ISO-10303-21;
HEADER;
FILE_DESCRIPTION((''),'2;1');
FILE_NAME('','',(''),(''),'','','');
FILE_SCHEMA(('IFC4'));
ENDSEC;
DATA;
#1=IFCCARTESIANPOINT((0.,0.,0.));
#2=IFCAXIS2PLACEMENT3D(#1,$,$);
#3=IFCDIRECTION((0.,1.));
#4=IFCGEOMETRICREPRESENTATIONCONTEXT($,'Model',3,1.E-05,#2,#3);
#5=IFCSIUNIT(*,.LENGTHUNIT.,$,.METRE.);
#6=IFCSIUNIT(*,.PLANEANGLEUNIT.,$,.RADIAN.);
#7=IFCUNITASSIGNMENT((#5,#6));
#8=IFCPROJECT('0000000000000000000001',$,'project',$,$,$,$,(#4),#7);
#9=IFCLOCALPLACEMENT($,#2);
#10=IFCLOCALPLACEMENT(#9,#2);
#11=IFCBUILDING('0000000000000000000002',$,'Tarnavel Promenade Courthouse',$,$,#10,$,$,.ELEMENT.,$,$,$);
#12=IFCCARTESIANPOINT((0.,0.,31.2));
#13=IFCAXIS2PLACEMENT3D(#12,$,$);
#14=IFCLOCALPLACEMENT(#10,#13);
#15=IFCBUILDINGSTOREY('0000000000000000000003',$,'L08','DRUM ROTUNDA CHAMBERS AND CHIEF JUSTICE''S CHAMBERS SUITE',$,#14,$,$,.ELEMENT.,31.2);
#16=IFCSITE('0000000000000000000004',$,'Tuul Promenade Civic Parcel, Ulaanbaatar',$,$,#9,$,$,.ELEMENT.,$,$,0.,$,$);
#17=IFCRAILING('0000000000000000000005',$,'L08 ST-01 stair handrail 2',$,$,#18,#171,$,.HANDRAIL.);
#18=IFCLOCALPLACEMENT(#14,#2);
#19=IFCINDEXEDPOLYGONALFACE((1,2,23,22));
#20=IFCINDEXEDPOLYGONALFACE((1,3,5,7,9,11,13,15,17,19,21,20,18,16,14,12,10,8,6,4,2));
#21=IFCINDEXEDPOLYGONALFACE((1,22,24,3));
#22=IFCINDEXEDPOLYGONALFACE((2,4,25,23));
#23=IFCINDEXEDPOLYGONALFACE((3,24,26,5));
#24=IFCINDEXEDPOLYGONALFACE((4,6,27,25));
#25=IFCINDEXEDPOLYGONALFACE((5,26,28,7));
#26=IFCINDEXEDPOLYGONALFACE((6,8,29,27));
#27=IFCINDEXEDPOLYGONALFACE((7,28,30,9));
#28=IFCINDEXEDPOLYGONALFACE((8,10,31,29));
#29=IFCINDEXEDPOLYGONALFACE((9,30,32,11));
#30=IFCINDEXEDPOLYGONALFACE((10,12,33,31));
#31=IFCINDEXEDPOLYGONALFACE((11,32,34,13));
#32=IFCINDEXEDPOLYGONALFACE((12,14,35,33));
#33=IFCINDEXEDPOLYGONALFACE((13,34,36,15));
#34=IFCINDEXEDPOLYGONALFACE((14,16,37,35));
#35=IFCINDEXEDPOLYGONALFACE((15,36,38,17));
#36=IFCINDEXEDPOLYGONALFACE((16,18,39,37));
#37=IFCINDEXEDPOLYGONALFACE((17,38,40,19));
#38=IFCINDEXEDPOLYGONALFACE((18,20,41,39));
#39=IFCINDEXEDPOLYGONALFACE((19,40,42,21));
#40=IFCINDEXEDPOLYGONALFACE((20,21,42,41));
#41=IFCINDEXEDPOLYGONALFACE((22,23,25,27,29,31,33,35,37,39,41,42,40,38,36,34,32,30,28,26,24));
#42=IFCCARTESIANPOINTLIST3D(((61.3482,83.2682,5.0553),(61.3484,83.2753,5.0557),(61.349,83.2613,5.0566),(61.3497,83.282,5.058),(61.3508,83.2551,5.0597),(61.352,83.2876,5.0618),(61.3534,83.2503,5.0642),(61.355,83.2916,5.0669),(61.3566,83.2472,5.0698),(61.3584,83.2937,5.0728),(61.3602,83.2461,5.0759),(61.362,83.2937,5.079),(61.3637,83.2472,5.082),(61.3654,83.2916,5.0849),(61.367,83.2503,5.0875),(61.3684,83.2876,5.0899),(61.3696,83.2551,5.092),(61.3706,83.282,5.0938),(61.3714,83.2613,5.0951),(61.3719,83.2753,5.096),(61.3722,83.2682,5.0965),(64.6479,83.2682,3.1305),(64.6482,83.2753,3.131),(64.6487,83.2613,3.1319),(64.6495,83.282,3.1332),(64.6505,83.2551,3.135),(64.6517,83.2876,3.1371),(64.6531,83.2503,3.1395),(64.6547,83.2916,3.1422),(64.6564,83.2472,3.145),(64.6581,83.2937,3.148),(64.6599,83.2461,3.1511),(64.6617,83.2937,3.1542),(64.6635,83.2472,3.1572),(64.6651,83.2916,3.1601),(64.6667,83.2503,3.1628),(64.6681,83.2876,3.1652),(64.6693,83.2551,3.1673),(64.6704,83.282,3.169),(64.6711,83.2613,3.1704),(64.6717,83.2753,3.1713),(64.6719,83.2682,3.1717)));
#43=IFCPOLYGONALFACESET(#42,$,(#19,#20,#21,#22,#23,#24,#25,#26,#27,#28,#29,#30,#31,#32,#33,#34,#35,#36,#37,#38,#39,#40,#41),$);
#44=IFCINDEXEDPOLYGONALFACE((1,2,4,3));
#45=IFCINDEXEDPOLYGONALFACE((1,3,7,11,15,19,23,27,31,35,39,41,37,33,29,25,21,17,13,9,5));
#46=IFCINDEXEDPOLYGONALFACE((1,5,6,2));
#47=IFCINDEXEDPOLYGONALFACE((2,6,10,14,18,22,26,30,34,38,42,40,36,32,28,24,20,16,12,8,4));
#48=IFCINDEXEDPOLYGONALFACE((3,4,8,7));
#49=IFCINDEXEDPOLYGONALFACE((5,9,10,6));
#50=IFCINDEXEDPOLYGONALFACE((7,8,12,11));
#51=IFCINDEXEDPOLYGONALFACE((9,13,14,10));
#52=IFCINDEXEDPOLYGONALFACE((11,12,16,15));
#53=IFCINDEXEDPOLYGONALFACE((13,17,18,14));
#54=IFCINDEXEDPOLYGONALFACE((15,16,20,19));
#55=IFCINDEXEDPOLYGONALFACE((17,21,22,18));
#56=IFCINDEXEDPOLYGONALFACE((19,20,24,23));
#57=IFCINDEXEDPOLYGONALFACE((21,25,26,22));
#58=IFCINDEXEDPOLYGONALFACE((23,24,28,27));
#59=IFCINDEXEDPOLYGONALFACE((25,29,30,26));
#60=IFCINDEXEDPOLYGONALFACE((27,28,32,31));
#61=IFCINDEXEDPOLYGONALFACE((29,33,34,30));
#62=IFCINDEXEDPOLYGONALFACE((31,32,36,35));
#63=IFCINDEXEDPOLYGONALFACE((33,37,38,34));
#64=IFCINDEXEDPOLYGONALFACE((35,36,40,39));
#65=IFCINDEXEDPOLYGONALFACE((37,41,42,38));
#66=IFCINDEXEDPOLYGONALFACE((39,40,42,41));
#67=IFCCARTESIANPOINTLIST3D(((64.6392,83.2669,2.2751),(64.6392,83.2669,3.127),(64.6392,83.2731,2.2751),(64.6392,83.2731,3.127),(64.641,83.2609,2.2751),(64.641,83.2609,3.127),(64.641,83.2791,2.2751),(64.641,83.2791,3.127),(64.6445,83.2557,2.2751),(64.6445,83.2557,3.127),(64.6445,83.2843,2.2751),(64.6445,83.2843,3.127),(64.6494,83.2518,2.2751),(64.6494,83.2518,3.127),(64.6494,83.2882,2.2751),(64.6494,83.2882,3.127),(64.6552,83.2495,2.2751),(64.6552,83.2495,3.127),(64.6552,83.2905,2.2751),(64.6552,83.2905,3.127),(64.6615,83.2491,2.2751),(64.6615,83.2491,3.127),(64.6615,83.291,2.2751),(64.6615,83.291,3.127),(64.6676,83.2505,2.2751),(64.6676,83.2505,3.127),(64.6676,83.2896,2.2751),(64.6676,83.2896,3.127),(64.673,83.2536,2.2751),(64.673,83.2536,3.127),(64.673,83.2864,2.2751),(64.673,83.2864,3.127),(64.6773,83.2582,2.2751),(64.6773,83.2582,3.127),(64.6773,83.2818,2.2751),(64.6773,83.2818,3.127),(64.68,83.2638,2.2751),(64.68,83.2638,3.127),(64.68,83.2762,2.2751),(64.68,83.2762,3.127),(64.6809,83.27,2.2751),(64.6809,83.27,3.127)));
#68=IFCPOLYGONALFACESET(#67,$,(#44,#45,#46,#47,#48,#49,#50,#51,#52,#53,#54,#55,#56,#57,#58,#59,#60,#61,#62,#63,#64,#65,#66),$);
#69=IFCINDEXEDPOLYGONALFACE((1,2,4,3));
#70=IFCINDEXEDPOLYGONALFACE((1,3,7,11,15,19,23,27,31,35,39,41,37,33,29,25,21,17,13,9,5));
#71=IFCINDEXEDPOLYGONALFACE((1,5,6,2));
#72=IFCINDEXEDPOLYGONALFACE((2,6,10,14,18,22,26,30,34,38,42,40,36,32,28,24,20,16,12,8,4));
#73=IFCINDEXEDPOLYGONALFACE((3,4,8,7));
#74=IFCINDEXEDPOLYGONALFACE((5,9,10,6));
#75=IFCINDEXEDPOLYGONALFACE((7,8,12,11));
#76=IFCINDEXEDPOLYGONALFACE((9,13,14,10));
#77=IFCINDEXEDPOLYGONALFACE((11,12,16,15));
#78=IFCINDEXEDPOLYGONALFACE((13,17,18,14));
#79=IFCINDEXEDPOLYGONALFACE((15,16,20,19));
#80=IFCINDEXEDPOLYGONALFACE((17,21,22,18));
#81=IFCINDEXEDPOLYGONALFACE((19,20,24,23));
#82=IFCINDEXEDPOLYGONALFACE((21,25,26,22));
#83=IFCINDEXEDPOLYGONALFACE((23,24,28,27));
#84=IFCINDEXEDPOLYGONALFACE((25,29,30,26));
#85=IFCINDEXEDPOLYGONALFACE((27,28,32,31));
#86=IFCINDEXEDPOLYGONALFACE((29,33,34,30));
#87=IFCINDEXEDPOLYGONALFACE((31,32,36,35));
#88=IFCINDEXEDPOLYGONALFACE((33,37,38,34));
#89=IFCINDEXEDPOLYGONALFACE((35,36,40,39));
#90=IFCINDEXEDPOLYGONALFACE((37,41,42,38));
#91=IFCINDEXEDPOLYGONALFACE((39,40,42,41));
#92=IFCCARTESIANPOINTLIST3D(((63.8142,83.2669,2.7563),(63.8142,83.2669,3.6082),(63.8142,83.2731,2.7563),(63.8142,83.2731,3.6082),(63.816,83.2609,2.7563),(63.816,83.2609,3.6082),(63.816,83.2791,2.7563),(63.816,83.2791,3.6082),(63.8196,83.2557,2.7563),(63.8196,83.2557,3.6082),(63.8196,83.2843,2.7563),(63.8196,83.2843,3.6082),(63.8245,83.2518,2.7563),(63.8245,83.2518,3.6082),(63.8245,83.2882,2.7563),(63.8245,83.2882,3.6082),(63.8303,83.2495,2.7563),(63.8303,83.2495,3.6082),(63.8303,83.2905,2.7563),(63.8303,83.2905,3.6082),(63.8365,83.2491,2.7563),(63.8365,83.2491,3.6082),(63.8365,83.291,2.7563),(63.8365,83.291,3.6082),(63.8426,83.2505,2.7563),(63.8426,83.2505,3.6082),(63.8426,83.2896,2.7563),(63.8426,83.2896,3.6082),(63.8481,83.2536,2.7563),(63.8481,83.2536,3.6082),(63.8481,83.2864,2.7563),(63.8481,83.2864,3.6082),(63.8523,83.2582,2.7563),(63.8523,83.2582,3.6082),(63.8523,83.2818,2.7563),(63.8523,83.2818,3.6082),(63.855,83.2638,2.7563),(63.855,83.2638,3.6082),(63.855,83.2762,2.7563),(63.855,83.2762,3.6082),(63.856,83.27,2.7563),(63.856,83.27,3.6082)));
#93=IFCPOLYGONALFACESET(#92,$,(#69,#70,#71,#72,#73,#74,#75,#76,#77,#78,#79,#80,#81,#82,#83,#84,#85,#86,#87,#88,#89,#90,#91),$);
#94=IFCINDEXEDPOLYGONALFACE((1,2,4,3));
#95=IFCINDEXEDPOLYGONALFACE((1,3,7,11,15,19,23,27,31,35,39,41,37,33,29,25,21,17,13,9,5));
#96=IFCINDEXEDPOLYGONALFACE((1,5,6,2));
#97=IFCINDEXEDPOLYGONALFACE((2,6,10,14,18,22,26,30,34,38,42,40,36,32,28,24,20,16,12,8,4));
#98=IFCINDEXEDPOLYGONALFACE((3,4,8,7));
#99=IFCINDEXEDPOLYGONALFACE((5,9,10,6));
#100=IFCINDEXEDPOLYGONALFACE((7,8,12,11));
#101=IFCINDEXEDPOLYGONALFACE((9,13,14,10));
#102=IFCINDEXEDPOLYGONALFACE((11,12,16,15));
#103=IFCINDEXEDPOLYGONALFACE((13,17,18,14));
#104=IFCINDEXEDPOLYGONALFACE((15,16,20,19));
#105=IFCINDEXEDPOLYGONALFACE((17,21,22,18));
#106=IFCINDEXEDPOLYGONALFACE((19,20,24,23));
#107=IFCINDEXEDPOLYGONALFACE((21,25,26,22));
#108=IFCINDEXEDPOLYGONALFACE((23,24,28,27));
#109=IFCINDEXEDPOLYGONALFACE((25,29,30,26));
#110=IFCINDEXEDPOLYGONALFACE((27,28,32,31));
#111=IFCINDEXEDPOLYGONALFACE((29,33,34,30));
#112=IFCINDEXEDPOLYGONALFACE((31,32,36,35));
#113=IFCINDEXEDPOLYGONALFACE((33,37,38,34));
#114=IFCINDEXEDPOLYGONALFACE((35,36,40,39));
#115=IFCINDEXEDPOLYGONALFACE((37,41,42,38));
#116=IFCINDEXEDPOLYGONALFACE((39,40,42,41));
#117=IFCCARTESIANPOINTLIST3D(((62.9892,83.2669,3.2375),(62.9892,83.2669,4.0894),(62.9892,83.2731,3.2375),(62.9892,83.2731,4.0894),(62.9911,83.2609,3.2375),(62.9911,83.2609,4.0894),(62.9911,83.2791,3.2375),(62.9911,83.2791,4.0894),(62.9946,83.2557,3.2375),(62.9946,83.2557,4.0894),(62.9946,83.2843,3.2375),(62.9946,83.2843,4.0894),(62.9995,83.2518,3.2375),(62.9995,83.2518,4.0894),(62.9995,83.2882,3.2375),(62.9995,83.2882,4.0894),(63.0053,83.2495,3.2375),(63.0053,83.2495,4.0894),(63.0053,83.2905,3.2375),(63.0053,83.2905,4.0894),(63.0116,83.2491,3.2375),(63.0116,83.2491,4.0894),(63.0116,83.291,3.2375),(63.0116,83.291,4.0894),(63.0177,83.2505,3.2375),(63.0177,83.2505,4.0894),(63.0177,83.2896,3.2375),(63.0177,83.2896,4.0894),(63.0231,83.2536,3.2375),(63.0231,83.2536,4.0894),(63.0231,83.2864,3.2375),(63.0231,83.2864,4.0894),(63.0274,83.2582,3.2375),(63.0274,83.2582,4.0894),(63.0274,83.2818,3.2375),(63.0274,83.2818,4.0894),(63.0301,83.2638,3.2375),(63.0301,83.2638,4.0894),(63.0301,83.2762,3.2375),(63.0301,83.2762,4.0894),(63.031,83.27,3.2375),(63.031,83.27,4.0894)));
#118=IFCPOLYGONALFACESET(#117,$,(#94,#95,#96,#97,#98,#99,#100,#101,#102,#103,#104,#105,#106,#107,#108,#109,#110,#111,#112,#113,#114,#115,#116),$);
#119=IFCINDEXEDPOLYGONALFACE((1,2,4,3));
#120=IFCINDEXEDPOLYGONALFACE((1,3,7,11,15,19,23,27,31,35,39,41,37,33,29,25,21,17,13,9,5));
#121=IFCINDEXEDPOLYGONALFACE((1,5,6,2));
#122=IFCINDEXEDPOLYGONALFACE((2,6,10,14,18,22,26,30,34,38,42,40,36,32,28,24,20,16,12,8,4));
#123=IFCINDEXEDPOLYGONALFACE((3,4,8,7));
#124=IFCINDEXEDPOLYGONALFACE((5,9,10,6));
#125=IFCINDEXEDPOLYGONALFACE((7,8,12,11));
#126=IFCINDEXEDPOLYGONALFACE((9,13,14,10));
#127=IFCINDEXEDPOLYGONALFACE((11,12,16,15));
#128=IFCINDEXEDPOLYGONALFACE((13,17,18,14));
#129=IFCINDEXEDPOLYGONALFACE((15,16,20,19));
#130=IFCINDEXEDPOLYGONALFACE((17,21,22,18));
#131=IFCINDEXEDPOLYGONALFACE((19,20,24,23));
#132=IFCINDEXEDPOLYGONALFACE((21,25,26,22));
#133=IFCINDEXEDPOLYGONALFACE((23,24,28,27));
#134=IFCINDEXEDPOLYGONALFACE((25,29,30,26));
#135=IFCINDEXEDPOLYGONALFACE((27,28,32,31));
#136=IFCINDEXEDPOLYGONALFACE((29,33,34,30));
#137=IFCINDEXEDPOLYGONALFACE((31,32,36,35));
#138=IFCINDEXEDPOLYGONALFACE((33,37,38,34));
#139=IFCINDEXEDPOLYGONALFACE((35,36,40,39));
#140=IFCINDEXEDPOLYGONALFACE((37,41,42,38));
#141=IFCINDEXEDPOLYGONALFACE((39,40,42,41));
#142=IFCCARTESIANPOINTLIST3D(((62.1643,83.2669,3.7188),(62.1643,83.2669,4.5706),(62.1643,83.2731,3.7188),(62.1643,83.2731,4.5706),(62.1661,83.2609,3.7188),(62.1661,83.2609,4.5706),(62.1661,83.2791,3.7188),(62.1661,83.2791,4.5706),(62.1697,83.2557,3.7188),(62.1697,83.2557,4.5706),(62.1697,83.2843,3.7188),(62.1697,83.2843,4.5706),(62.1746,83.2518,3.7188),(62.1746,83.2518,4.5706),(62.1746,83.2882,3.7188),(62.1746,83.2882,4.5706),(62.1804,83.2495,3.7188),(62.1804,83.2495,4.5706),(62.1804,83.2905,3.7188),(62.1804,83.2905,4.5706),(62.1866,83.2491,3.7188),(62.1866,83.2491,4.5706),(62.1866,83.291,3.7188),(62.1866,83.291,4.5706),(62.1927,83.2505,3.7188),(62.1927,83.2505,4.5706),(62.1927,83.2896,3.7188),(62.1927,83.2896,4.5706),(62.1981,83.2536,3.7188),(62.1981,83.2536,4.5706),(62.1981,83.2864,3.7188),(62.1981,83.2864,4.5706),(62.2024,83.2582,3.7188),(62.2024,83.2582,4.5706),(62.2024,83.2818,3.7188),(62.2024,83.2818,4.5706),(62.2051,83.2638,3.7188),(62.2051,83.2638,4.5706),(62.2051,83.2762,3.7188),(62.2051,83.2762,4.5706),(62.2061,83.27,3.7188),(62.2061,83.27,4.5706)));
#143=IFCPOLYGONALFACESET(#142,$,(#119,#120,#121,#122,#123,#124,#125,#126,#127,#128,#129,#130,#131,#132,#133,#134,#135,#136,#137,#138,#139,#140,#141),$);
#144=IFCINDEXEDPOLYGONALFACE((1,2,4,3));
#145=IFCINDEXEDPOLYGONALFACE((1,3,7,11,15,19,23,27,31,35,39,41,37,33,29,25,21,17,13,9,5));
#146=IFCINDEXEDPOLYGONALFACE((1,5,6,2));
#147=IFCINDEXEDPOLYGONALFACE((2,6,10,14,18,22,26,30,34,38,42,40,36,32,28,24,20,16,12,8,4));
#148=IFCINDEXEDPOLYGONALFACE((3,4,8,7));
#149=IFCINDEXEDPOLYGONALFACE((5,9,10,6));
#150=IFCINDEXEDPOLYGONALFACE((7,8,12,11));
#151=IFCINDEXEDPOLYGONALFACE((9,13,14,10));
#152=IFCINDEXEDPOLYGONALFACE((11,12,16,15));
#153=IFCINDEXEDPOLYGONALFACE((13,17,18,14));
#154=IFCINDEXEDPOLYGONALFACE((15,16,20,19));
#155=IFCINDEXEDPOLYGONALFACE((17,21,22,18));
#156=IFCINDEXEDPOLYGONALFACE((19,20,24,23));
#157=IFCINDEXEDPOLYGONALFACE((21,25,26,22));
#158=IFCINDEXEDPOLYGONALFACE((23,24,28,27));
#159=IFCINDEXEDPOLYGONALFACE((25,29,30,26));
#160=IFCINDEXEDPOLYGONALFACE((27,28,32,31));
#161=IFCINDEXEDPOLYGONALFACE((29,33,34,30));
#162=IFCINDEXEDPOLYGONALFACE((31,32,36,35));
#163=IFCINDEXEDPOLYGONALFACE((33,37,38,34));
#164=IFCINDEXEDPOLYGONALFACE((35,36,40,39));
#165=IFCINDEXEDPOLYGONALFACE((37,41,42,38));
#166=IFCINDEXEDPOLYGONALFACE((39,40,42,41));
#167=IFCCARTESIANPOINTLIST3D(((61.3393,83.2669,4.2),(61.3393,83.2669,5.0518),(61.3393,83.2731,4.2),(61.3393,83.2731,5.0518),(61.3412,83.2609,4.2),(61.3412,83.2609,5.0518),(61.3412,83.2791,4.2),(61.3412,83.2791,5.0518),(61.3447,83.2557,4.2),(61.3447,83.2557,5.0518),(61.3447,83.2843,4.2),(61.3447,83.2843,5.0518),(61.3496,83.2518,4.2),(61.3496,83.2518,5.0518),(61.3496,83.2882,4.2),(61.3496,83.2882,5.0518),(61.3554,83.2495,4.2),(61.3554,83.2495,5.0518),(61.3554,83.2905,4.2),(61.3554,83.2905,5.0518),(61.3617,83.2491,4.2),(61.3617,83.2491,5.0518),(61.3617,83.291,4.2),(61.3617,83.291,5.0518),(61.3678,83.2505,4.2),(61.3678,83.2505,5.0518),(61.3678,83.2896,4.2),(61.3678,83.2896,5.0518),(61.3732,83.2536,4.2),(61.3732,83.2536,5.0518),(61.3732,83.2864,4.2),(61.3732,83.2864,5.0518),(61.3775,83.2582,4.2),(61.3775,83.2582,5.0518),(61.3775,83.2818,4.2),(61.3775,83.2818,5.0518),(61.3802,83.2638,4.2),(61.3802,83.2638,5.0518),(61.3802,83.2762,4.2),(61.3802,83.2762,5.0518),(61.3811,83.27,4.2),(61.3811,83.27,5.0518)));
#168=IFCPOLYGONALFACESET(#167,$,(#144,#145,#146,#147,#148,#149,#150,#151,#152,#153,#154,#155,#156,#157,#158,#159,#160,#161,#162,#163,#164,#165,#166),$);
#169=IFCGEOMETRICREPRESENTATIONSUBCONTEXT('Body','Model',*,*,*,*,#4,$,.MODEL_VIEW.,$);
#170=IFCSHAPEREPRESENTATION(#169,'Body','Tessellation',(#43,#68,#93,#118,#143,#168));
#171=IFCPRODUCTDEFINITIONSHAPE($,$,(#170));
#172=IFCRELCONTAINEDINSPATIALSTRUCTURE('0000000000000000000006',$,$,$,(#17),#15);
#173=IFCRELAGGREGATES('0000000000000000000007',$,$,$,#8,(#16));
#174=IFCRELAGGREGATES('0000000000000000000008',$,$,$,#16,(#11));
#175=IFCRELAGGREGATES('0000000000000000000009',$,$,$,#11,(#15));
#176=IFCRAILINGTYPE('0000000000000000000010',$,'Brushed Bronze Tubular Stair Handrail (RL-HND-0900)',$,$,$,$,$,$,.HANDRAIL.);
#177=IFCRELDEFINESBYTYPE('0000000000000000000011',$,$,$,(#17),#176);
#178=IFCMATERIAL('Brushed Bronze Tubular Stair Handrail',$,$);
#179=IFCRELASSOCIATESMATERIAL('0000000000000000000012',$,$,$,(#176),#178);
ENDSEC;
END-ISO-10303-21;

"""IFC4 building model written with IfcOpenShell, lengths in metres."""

from ifc_helpers import new_model, si_unit, direction, frame, origin, origin_2d, place, context, subcontext, project, spatial, circle, extrude, material, type_object, element, save


model = new_model("IFC4")

# Units and contexts
model_context = context("Model", 3, precision=1e-05, world=origin(), true_north=direction((0.0, 1.0)))
body_context = subcontext(model_context, "Body", "Model", "MODEL_VIEW")
ifc_project = project(units=[si_unit("LENGTHUNIT", "METRE"), si_unit("PLANEANGLEUNIT", "RADIAN")], contexts=[model_context])

# Site, building, storey
site_placement = place(None, origin())
site = spatial("IfcSite", under=ifc_project, at=site_placement, Name="Tuul Promenade Civic Parcel, Ulaanbaatar", CompositionType="ELEMENT", RefElevation=0.0)
building_placement = place(site_placement, origin())
building = spatial("IfcBuilding", under=site, at=building_placement, Name="Tarnavel Promenade Courthouse", CompositionType="ELEMENT")
storey_placement = place(building_placement, frame((0.0, 0.0, 31.2)))
storey = spatial("IfcBuildingStorey", under=building, at=storey_placement, Name="L08", Description="DRUM ROTUNDA CHAMBERS AND CHIEF JUSTICE'S CHAMBERS SUITE", CompositionType="ELEMENT", Elevation=31.2)

# Railing
ifc_material_1 = material(Name="Brushed Bronze Tubular Stair Handrail")
railing_type_1 = type_object("IfcRailingType", Name="Brushed Bronze Tubular Stair Handrail (RL-HND-0900)", PredefinedType="HANDRAIL", material=ifc_material_1)
railing_1_placement = place(storey_placement, frame((64.6599, 83.27, 2.2751)))
element("IfcRailing", 1, at=railing_1_placement, inside=storey, type_object=railing_type_1, Name="L08 ST-01 stair handrail 2", PredefinedType="HANDRAIL", context=body_context, shape_type="SweptSolid", body=[
    extrude(circle(Radius=0.0239, at=origin_2d()), frame((0.0, 0.0, 0.876), z_axis=(-0.863788, 0.0, 0.503855), x_axis=(0.0, -1.0, 0.0)), (0.0, 0.0, 1.0), 3.8201),
    extrude(circle(Radius=0.021, at=origin_2d()), origin(), (0.0, 0.0, 1.0), 0.8518),
    extrude(circle(Radius=0.021, at=origin_2d()), frame((-0.825, 0.0, 0.4812)), (0.0, 0.0, 1.0), 0.8518),
    extrude(circle(Radius=0.021, at=origin_2d()), frame((-1.6499, 0.0, 0.9624)), (0.0, 0.0, 1.0), 0.8518),
    extrude(circle(Radius=0.021, at=origin_2d()), frame((-2.4749, 0.0, 1.4436)), (0.0, 0.0, 1.0), 0.8518),
    extrude(circle(Radius=0.021, at=origin_2d()), frame((-3.2998, 0.0, 1.9248)), (0.0, 0.0, 1.0), 0.8518),
])

save(model, "model.ifc")
